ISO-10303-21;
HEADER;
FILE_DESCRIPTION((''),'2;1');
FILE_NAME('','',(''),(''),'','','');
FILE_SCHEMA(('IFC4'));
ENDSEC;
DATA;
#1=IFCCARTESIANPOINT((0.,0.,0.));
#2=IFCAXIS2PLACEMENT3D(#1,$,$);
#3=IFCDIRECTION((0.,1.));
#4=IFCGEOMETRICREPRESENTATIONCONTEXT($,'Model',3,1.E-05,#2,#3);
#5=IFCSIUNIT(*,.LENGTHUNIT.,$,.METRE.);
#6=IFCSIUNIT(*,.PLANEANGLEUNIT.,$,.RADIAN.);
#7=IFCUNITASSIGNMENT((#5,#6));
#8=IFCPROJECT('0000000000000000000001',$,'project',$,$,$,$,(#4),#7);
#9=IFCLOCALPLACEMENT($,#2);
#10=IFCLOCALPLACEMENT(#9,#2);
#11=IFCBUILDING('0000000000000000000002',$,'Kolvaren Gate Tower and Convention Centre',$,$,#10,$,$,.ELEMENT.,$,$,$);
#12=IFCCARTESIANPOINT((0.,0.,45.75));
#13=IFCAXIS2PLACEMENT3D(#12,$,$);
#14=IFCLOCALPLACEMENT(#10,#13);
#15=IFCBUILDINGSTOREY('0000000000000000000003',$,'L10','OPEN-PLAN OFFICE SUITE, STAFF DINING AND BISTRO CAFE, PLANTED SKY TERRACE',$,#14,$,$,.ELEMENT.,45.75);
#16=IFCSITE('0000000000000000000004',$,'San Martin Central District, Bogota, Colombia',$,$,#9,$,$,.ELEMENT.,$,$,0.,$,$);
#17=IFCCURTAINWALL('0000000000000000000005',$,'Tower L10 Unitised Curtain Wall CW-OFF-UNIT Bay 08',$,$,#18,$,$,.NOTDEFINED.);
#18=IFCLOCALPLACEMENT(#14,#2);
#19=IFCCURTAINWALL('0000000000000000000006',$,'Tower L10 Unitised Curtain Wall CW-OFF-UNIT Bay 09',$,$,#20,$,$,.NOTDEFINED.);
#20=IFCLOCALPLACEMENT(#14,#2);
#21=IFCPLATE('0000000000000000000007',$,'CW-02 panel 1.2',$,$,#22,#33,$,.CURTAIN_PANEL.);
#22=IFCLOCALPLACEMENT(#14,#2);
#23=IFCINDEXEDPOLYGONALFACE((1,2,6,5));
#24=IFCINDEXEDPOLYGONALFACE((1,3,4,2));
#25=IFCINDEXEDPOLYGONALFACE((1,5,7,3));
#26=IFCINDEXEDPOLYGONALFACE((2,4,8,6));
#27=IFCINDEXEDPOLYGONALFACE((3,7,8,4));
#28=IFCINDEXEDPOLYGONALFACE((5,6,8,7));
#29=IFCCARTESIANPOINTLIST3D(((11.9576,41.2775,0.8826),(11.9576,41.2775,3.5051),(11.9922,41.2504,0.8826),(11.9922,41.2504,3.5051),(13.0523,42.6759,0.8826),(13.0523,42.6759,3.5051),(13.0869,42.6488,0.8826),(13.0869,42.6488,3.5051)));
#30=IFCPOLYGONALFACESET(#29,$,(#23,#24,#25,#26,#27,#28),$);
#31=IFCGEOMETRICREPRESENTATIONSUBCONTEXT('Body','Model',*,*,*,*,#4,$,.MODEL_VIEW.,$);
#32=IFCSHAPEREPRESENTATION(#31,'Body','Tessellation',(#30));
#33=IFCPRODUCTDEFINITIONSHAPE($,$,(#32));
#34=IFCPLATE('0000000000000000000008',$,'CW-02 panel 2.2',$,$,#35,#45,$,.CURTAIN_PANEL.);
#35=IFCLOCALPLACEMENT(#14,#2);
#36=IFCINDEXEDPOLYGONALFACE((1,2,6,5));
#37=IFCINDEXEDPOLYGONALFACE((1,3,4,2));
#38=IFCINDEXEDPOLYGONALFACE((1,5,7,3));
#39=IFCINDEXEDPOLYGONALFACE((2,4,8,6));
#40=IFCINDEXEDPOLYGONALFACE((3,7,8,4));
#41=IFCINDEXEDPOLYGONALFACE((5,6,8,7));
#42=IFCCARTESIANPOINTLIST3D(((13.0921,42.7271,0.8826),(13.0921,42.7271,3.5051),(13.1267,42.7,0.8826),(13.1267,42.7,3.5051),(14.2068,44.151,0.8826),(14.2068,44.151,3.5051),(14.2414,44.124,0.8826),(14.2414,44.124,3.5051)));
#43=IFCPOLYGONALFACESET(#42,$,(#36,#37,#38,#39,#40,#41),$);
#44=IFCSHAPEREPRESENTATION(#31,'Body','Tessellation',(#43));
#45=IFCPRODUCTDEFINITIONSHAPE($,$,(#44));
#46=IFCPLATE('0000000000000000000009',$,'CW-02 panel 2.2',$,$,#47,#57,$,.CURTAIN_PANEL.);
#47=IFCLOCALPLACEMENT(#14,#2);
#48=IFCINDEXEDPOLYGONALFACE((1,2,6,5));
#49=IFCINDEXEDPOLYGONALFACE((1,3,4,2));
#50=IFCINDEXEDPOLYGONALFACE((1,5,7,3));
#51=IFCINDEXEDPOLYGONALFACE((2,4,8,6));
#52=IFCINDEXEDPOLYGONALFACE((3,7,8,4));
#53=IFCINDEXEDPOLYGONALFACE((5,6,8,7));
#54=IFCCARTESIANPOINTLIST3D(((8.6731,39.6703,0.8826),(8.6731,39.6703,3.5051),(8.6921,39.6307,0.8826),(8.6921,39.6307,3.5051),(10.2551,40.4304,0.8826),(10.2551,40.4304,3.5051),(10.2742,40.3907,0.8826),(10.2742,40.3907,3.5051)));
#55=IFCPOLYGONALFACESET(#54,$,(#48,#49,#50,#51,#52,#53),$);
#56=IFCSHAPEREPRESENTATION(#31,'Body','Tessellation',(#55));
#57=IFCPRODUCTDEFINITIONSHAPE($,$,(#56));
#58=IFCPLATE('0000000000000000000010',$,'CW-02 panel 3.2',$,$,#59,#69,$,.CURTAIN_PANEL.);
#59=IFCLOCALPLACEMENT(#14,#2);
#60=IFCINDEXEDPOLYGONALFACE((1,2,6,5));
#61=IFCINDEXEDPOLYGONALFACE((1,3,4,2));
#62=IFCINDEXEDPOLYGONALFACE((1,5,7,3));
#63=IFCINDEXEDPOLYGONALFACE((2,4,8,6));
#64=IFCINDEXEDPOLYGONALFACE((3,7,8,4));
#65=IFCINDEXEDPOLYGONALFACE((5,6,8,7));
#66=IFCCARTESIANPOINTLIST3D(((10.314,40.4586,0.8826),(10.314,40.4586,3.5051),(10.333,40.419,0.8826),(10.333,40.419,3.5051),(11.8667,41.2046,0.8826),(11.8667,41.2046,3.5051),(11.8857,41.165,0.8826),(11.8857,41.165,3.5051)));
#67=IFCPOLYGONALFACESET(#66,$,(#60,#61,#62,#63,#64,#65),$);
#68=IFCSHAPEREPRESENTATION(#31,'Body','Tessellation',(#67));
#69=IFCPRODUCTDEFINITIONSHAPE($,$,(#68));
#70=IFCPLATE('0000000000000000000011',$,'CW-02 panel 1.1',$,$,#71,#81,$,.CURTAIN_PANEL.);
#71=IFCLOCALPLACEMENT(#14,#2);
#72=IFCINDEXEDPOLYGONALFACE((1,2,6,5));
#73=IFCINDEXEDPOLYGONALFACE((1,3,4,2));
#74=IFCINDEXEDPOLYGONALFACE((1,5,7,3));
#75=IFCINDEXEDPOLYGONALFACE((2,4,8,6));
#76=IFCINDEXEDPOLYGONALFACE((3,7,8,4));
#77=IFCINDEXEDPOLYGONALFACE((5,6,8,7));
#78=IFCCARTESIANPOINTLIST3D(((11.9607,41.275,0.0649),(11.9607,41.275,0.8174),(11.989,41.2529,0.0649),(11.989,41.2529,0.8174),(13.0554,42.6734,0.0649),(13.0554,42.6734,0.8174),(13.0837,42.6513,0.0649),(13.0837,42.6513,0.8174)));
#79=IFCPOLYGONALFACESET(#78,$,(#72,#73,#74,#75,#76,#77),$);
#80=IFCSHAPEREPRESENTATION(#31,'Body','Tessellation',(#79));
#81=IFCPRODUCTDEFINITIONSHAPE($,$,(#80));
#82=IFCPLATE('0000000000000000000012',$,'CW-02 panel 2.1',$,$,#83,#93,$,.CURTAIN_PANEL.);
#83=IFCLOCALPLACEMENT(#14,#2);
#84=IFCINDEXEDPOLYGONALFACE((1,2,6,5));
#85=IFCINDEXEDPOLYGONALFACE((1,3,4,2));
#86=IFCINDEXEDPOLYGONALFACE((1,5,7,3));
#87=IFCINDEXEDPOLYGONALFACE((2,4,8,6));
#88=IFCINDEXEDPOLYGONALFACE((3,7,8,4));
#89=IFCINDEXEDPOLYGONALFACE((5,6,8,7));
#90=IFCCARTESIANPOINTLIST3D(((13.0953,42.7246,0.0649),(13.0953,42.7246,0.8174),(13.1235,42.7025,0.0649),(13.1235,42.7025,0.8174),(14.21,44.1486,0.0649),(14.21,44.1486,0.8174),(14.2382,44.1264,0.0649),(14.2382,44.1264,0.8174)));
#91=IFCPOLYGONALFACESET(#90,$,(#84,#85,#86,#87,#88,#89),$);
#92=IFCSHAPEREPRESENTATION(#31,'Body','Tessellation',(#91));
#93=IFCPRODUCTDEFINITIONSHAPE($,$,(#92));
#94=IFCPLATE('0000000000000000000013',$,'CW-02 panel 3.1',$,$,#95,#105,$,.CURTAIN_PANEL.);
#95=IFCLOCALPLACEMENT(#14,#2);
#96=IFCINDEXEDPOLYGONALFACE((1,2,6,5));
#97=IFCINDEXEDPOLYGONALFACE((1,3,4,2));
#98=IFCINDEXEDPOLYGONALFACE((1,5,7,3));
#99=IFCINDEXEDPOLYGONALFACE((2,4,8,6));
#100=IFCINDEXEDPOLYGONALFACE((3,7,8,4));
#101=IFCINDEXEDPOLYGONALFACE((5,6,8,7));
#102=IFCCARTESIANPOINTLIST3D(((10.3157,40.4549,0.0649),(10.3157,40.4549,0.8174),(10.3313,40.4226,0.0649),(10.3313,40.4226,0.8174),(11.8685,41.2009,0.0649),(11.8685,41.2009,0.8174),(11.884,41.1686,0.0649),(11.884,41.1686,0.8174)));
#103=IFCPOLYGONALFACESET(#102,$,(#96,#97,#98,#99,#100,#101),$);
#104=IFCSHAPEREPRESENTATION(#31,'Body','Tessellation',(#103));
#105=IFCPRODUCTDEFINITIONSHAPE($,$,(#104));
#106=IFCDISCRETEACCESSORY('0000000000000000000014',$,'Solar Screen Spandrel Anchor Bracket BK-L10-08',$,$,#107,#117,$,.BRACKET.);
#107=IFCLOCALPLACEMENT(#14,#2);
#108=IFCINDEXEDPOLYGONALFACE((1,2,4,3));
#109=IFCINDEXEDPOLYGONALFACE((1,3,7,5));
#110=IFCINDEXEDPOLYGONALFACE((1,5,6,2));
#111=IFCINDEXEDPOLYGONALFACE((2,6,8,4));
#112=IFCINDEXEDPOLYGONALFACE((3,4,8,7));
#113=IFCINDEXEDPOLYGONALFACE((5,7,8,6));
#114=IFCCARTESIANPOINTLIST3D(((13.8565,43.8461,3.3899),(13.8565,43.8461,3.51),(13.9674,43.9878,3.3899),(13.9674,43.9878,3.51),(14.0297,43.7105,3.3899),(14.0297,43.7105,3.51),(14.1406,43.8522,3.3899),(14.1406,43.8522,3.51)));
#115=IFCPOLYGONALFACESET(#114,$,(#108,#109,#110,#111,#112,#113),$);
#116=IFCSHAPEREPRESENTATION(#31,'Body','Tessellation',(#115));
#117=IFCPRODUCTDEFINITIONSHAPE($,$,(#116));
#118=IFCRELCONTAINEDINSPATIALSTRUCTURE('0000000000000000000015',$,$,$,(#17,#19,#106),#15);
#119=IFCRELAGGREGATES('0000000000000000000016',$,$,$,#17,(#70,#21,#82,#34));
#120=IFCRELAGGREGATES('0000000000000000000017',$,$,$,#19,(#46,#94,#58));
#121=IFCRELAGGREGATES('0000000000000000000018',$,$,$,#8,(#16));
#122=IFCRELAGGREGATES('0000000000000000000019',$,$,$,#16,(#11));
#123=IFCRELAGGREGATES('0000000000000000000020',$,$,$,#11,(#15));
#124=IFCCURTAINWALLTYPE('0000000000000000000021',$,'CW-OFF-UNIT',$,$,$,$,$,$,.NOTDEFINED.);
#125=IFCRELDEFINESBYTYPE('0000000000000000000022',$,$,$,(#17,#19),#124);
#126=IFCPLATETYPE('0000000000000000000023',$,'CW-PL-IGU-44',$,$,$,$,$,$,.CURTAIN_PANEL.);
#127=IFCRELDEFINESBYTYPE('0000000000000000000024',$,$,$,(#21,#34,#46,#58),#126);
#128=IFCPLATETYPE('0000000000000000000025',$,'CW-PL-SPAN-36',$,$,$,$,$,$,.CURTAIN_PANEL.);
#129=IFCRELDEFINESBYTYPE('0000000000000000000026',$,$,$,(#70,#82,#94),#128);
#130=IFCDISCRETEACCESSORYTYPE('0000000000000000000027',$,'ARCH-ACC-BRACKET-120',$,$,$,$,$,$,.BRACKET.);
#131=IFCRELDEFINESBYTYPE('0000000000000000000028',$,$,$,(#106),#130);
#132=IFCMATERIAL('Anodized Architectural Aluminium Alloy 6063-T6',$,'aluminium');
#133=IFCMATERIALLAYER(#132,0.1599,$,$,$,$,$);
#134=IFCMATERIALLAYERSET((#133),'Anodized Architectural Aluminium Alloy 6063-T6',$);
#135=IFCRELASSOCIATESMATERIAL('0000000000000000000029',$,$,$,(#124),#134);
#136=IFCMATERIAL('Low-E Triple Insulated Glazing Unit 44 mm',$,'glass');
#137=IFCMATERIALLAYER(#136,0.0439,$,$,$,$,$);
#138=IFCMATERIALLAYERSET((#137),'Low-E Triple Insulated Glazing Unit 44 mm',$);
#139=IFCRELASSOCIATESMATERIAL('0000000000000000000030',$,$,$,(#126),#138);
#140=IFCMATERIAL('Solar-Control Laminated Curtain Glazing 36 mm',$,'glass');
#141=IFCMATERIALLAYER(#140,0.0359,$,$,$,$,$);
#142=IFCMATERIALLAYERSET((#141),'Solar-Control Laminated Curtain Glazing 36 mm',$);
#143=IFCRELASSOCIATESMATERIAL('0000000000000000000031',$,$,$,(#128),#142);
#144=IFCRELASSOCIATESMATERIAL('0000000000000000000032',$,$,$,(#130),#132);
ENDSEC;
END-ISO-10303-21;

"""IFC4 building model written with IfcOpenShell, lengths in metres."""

from ifc_helpers import new_model, si_unit, direction, frame, origin, origin_2d, place, context, subcontext, project, spatial, rectangle, extrude, material, layer, layer_set, type_object, element, aggregate, save


model = new_model("IFC4")

# Units and contexts
model_context = context("Model", 3, precision=1e-05, world=origin(), true_north=direction((0.0, 1.0)))
body_context = subcontext(model_context, "Body", "Model", "MODEL_VIEW")
ifc_project = project(units=[si_unit("LENGTHUNIT", "METRE"), si_unit("PLANEANGLEUNIT", "RADIAN")], contexts=[model_context])

# Site, building, storey
site_placement = place(None, origin())
site = spatial("IfcSite", under=ifc_project, at=site_placement, Name="San Martin Central District, Bogota, Colombia", CompositionType="ELEMENT", RefElevation=0.0)
building_placement = place(site_placement, origin())
building = spatial("IfcBuilding", under=site, at=building_placement, Name="Kolvaren Gate Tower and Convention Centre", CompositionType="ELEMENT")
storey_placement = place(building_placement, frame((0.0, 0.0, 45.75)))
storey = spatial("IfcBuildingStorey", under=building, at=storey_placement, Name="L10", Description="OPEN-PLAN OFFICE SUITE, STAFF DINING AND BISTRO CAFE, PLANTED SKY TERRACE", CompositionType="ELEMENT", Elevation=45.75)

# Curtain walls
ifc_material_1 = material(Name="Anodized Architectural Aluminium Alloy 6063-T6", Category="aluminium")
ifc_layer_1 = layer(ifc_material_1, 0.1599)
ifc_layer_set_1 = layer_set([ifc_layer_1], Name="Anodized Architectural Aluminium Alloy 6063-T6")
curtain_wall_type = type_object("IfcCurtainWallType", Name="CW-OFF-UNIT", PredefinedType="NOTDEFINED", material=ifc_layer_set_1)
curtain_wall_1_placement = place(storey_placement, origin())
curtain_wall_1 = element("IfcCurtainWall", 1, at=curtain_wall_1_placement, inside=storey, type_object=curtain_wall_type, Name="Tower L10 Unitised Curtain Wall CW-OFF-UNIT Bay 08", PredefinedType="NOTDEFINED")
curtain_wall_2_placement = place(storey_placement, origin())
curtain_wall_2 = element("IfcCurtainWall", 2, at=curtain_wall_2_placement, inside=storey, type_object=curtain_wall_type, Name="Tower L10 Unitised Curtain Wall CW-OFF-UNIT Bay 09", PredefinedType="NOTDEFINED")

# Plates
ifc_material_2 = material(Name="Low-E Triple Insulated Glazing Unit 44 mm", Category="glass")
ifc_layer_2 = layer(ifc_material_2, 0.0439)
ifc_layer_set_2 = layer_set([ifc_layer_2], Name="Low-E Triple Insulated Glazing Unit 44 mm")
plate_type_1 = type_object("IfcPlateType", Name="CW-PL-IGU-44", PredefinedType="CURTAIN_PANEL", material=ifc_layer_set_2)
plate_1_placement = place(storey_placement, frame((12.5222, 41.9631, 0.8826), z_axis=(0.0, 0.0, 1.0), x_axis=(0.616421, 0.787417, 0.0)))
plate_1 = element("IfcPlate", 3, at=plate_1_placement, type_object=plate_type_1, Name="CW-02 panel 1.2", PredefinedType="CURTAIN_PANEL", context=body_context, shape_type="SweptSolid", body=[
    extrude(rectangle(XDim=1.7759, YDim=0.0439, at=origin_2d()), origin(), (0.0, 0.0, 1.0), 2.6226),
])
plate_2_placement = place(storey_placement, frame((13.6667, 43.4255, 0.8826), z_axis=(0.0, 0.0, 1.0), x_axis=(0.616421, 0.787417, 0.0)))
plate_2 = element("IfcPlate", 4, at=plate_2_placement, type_object=plate_type_1, Name="CW-02 panel 2.2", PredefinedType="CURTAIN_PANEL", context=body_context, shape_type="SweptSolid", body=[
    extrude(rectangle(XDim=1.8083, YDim=0.0439, at=origin_2d()), origin(), (0.0, 0.0, 1.0), 2.6226),
])
plate_3_placement = place(storey_placement, frame((9.4736, 40.0305, 0.8826), z_axis=(0.0, 0.0, 1.0), x_axis=(0.901367, 0.433057, 0.0)))
plate_3 = element("IfcPlate", 5, at=plate_3_placement, type_object=plate_type_1, Name="CW-02 panel 2.2", PredefinedType="CURTAIN_PANEL", context=body_context, shape_type="SweptSolid", body=[
    extrude(rectangle(XDim=1.7551, YDim=0.0439, at=origin_2d()), origin(), (0.0, 0.0, 1.0), 2.6226),
])
plate_4_placement = place(storey_placement, frame((11.0999, 40.8118, 0.8826), z_axis=(0.0, 0.0, 1.0), x_axis=(0.901367, 0.433057, 0.0)))
plate_4 = element("IfcPlate", 6, at=plate_4_placement, type_object=plate_type_1, Name="CW-02 panel 3.2", PredefinedType="CURTAIN_PANEL", context=body_context, shape_type="SweptSolid", body=[
    extrude(rectangle(XDim=1.7227, YDim=0.0439, at=origin_2d()), origin(), (0.0, 0.0, 1.0), 2.6226),
])
ifc_material_3 = material(Name="Solar-Control Laminated Curtain Glazing 36 mm", Category="glass")
ifc_layer_3 = layer(ifc_material_3, 0.0359)
ifc_layer_set_3 = layer_set([ifc_layer_3], Name="Solar-Control Laminated Curtain Glazing 36 mm")
plate_type_2 = type_object("IfcPlateType", Name="CW-PL-SPAN-36", PredefinedType="CURTAIN_PANEL", material=ifc_layer_set_3)
plate_5_placement = place(storey_placement, frame((12.5222, 41.9631, 0.0649), z_axis=(0.0, 0.0, 1.0), x_axis=(0.616421, 0.787417, 0.0)))
plate_5 = element("IfcPlate", 7, at=plate_5_placement, type_object=plate_type_2, Name="CW-02 panel 1.1", PredefinedType="CURTAIN_PANEL", context=body_context, shape_type="SweptSolid", body=[
    extrude(rectangle(XDim=1.7759, YDim=0.0359, at=origin_2d()), origin(), (0.0, 0.0, 1.0), 0.7524),
])
plate_6_placement = place(storey_placement, frame((13.6667, 43.4255, 0.0649), z_axis=(0.0, 0.0, 1.0), x_axis=(0.616421, 0.787417, 0.0)))
plate_6 = element("IfcPlate", 8, at=plate_6_placement, type_object=plate_type_2, Name="CW-02 panel 2.1", PredefinedType="CURTAIN_PANEL", context=body_context, shape_type="SweptSolid", body=[
    extrude(rectangle(XDim=1.8083, YDim=0.0359, at=origin_2d()), origin(), (0.0, 0.0, 1.0), 0.7524),
])
aggregate(curtain_wall_1, [plate_5, plate_1, plate_6, plate_2])
plate_7_placement = place(storey_placement, frame((11.0999, 40.8118, 0.0649), z_axis=(0.0, 0.0, 1.0), x_axis=(0.901367, 0.433057, 0.0)))
plate_7 = element("IfcPlate", 9, at=plate_7_placement, type_object=plate_type_2, Name="CW-02 panel 3.1", PredefinedType="CURTAIN_PANEL", context=body_context, shape_type="SweptSolid", body=[
    extrude(rectangle(XDim=1.7227, YDim=0.0359, at=origin_2d()), origin(), (0.0, 0.0, 1.0), 0.7524),
])
aggregate(curtain_wall_2, [plate_3, plate_7, plate_4])

# Discrete accessory
discrete_accessory_type = type_object("IfcDiscreteAccessoryType", Name="ARCH-ACC-BRACKET-120", PredefinedType="BRACKET", material=ifc_material_1)
discrete_accessory_placement = place(storey_placement, frame((13.9985, 43.8491, 3.3899), z_axis=(0.0, 0.0, 1.0), x_axis=(0.616424, 0.787414, 0.0)))
element("IfcDiscreteAccessory", 10, at=discrete_accessory_placement, inside=storey, type_object=discrete_accessory_type, Name="Solar Screen Spandrel Anchor Bracket BK-L10-08", PredefinedType="BRACKET", context=body_context, shape_type="SweptSolid", body=[
    extrude(rectangle(XDim=0.1799, YDim=0.22, at=origin_2d()), origin(), (0.0, 0.0, 1.0), 0.1201),
])

save(model, "model.ifc")
